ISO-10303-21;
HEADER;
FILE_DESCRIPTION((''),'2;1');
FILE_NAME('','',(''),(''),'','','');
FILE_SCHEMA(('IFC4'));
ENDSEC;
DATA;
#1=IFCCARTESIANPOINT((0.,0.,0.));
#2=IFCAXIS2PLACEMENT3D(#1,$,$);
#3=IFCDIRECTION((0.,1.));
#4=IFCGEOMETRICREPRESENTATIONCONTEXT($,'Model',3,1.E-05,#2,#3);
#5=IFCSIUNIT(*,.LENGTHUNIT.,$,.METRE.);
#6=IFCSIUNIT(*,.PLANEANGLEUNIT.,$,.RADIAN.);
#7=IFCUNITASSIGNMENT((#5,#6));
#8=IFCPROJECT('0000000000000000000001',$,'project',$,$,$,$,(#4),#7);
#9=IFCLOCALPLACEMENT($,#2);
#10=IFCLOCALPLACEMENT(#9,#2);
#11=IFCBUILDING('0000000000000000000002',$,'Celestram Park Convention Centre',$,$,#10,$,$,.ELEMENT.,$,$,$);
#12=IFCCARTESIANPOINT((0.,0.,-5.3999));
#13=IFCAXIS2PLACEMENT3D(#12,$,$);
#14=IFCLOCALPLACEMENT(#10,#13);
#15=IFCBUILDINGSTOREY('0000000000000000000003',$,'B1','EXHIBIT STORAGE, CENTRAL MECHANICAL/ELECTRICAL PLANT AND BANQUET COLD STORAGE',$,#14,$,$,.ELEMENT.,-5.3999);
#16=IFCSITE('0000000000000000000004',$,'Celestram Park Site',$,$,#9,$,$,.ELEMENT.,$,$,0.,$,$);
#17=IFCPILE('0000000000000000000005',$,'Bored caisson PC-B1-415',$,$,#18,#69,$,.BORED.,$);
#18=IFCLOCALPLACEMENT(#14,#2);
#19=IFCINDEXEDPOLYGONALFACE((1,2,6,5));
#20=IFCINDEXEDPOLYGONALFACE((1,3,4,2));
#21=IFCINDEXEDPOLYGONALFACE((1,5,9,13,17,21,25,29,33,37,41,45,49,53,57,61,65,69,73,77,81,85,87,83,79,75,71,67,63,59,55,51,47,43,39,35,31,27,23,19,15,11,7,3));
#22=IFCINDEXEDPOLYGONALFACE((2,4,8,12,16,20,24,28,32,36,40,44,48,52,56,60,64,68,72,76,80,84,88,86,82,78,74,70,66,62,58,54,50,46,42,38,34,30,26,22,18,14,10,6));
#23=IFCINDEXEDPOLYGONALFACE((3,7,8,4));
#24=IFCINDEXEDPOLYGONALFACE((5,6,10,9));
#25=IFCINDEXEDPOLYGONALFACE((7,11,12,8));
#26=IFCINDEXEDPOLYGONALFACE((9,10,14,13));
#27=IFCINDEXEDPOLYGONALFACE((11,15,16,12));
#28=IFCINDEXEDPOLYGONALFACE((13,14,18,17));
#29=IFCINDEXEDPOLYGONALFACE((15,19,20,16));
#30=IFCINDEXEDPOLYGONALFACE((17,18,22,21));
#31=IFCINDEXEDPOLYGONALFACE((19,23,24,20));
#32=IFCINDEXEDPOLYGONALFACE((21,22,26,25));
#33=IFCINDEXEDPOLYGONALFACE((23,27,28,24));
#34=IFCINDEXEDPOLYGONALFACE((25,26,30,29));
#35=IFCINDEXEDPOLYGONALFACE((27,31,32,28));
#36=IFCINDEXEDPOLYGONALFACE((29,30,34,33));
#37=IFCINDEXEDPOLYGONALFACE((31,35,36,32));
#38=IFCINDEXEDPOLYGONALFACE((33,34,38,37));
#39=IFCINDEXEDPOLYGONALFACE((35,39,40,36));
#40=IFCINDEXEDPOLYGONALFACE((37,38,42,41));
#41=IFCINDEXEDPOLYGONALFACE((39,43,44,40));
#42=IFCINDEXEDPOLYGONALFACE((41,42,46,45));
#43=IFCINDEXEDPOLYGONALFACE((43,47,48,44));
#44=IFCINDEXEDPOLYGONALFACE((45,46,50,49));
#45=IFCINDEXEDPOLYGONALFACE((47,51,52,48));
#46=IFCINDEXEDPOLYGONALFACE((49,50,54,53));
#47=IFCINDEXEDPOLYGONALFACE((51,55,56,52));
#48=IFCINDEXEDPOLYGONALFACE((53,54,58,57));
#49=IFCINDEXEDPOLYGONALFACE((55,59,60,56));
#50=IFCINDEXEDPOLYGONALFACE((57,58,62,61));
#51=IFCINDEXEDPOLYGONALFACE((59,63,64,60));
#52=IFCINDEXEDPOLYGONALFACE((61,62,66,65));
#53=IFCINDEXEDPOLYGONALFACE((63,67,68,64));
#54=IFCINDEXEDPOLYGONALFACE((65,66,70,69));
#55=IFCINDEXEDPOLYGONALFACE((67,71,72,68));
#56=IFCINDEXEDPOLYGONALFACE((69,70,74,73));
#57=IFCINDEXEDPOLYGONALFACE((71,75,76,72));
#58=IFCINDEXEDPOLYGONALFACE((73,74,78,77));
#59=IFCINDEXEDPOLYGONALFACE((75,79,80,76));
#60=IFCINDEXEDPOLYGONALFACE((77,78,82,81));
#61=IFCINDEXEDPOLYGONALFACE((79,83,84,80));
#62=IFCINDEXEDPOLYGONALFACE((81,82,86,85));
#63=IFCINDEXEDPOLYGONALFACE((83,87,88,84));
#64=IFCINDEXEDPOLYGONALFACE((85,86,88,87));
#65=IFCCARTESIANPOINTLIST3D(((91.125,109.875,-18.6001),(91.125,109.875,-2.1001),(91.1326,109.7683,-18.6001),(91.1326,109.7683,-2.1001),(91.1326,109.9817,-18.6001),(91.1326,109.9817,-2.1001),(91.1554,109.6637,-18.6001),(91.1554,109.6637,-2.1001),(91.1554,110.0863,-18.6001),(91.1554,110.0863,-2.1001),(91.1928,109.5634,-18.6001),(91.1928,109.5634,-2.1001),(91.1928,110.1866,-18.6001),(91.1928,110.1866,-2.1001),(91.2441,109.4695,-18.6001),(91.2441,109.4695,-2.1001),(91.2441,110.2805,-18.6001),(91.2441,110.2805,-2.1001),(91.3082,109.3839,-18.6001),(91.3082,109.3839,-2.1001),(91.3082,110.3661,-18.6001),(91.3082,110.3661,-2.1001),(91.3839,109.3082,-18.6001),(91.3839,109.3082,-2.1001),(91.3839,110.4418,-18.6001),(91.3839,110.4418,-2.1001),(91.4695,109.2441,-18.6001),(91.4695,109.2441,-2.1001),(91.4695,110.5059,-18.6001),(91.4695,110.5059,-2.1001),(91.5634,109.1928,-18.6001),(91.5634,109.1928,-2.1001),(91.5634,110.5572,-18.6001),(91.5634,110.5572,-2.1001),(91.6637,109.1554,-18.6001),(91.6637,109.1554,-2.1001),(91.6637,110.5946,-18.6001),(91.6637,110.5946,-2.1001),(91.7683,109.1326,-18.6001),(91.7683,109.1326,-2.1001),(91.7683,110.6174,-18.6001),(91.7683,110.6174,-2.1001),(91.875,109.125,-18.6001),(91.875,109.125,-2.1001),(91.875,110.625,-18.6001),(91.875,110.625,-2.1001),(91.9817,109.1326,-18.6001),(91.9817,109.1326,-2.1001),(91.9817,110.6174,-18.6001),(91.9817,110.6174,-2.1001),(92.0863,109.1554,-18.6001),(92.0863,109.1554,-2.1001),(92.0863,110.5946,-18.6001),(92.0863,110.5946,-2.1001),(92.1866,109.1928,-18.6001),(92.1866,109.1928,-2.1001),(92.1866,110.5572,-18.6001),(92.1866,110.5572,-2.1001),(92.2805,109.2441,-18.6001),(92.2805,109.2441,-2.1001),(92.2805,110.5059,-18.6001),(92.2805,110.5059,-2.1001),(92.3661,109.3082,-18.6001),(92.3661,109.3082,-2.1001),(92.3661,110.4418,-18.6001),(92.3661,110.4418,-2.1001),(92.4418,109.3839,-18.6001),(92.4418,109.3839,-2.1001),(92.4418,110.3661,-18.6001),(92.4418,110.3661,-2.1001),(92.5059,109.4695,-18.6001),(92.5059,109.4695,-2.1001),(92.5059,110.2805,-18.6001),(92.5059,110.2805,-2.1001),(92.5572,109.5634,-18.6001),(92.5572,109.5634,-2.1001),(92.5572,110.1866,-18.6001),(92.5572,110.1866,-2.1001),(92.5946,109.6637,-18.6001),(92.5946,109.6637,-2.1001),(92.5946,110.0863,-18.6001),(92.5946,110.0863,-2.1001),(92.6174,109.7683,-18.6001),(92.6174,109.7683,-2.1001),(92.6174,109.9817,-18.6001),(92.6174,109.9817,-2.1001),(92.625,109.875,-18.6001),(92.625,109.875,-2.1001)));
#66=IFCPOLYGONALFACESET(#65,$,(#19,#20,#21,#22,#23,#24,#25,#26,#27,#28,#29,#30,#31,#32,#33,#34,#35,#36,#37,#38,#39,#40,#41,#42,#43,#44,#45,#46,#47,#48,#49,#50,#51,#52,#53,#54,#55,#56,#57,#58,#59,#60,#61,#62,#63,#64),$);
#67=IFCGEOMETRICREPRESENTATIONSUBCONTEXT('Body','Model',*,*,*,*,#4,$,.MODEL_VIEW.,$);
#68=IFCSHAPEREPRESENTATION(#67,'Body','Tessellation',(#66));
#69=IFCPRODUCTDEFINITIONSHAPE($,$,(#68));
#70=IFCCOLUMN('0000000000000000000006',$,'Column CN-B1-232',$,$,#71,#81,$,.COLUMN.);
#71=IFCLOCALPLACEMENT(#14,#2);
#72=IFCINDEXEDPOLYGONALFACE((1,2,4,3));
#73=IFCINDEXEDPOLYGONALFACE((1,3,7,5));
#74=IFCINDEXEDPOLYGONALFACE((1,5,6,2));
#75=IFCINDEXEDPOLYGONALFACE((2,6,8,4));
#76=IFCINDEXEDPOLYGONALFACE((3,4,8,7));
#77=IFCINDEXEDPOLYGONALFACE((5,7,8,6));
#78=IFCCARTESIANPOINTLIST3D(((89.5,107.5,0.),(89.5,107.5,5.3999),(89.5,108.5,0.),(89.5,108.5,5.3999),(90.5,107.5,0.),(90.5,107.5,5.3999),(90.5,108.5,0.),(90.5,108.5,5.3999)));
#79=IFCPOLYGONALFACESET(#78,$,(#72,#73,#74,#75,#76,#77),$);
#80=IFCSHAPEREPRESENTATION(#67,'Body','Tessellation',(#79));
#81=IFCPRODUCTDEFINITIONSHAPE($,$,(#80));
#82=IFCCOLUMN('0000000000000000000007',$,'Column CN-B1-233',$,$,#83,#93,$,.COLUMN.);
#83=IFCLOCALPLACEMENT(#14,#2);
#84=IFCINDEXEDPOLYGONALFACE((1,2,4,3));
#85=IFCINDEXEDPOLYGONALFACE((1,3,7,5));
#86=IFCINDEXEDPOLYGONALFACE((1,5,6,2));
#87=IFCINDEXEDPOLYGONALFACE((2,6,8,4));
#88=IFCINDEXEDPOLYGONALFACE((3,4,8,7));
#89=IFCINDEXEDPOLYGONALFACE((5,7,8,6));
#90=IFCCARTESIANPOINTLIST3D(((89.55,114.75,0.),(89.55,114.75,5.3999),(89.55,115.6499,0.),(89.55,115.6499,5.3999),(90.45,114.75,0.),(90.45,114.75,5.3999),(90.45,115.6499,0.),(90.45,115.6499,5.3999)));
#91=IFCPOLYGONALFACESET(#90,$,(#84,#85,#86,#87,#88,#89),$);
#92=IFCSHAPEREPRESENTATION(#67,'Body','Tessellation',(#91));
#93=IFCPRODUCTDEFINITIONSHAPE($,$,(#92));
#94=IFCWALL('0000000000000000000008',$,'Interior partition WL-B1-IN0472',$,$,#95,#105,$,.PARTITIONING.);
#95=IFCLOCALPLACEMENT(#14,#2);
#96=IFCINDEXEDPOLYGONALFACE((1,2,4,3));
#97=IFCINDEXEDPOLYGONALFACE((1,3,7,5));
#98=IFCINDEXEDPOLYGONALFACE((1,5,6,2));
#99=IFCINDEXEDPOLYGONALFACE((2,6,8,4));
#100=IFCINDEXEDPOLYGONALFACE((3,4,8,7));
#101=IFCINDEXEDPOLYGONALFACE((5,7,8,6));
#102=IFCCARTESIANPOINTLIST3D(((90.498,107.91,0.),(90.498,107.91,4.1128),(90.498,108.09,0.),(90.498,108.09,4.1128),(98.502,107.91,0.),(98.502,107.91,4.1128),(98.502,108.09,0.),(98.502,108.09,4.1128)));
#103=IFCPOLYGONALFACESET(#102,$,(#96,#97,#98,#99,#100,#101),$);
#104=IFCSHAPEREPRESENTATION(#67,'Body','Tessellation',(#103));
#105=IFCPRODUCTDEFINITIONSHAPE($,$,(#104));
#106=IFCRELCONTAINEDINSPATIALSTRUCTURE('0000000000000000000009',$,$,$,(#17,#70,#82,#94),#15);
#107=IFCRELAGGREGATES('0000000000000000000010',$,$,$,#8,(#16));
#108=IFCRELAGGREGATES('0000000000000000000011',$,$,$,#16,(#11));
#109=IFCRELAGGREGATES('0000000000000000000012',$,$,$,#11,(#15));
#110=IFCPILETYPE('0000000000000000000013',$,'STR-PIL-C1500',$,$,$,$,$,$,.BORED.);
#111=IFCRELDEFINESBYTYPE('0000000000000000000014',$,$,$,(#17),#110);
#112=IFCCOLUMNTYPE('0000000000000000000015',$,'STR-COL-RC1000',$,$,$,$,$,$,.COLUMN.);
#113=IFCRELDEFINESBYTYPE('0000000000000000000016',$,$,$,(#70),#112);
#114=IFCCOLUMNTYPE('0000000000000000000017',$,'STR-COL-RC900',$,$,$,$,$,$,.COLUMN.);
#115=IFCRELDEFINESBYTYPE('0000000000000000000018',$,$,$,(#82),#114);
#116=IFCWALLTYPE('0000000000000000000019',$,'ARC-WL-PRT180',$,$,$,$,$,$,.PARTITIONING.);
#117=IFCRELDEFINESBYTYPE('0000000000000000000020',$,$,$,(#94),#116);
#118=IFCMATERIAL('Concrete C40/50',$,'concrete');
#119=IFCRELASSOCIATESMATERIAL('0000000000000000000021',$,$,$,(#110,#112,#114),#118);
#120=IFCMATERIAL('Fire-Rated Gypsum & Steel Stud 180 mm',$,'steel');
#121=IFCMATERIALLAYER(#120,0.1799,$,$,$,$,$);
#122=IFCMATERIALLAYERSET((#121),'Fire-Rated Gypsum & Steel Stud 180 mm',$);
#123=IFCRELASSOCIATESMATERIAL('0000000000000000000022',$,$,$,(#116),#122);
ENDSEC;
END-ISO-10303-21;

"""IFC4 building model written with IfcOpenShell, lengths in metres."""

from ifc_helpers import new_model, si_unit, direction, frame, frame_2d, origin, origin_2d, place, context, subcontext, project, spatial, rectangle, circle, extrude, material, layer, layer_set, material_profile, profile_set, type_object, element, save


model = new_model("IFC4")

# Units and contexts
model_context = context("Model", 3, precision=1e-05, world=origin(), true_north=direction((0.0, 1.0)))
body_context = subcontext(model_context, "Body", "Model", "MODEL_VIEW")
ifc_project = project(units=[si_unit("LENGTHUNIT", "METRE"), si_unit("PLANEANGLEUNIT", "RADIAN")], contexts=[model_context])

# Site, building, storey
site_placement = place(None, origin())
site = spatial("IfcSite", under=ifc_project, at=site_placement, Name="Celestram Park Site", CompositionType="ELEMENT", RefElevation=0.0)
building_placement = place(site_placement, origin())
building = spatial("IfcBuilding", under=site, at=building_placement, Name="Celestram Park Convention Centre", CompositionType="ELEMENT")
storey_placement = place(building_placement, frame((0.0, 0.0, -5.3999)))
storey = spatial("IfcBuildingStorey", under=building, at=storey_placement, Name="B1", Description="EXHIBIT STORAGE, CENTRAL MECHANICAL/ELECTRICAL PLANT AND BANQUET COLD STORAGE", CompositionType="ELEMENT", Elevation=-5.3999)

# Shared definitions
ifc_material_1 = material(Name="Concrete C40/50", Category="concrete")

# Pile
ifc_material_profile_1 = material_profile(ifc_material_1, circle(Radius=0.75, at=origin_2d()), Name="CAISSON1500")
ifc_profile_set_1 = profile_set([ifc_material_profile_1], Name="Concrete C40/50")
pile_type_1 = type_object("IfcPileType", Name="STR-PIL-C1500", PredefinedType="BORED", material=ifc_profile_set_1)
for number, where, z_axis, x_axis, name in (
    (1, (91.875, 109.875, -2.1001), (0.0, 0.0, -1.0), (1.0, 0.0, 0.0), "Bored caisson PC-B1-415"),
):
    element("IfcPile", number, at=place(storey_placement, frame(where, z_axis=z_axis, x_axis=x_axis)), inside=storey, type_object=pile_type_1, Name=name, PredefinedType="BORED", context=body_context, shape_type="SweptSolid", body=[
        extrude(circle(Radius=0.75, at=origin_2d()), origin(), (0.0, 0.0, 1.0), 16.5),
    ])

# Columns
ifc_material_profile_2 = material_profile(ifc_material_1, rectangle(XDim=1.0, YDim=1.0, at=origin_2d()), Name="RC1000X1000")
ifc_profile_set_2 = profile_set([ifc_material_profile_2], Name="Concrete C40/50")
column_type_1 = type_object("IfcColumnType", Name="STR-COL-RC1000", PredefinedType="COLUMN", material=ifc_profile_set_2)
column_1_placement = place(storey_placement, frame((90.0, 108.0, 0.0), z_axis=(0.0, 0.0, 1.0), x_axis=(1.0, 0.0, 0.0)))
element("IfcColumn", 2, at=column_1_placement, inside=storey, type_object=column_type_1, Name="Column CN-B1-232", PredefinedType="COLUMN", context=body_context, shape_type="SweptSolid", body=[
    extrude(rectangle(XDim=1.0, YDim=1.0, at=origin_2d()), origin(), (0.0, 0.0, 1.0), 5.3999),
])
ifc_material_profile_3 = material_profile(ifc_material_1, rectangle(XDim=0.8999, YDim=0.8999, at=origin_2d()), Name="RC900X900")
ifc_profile_set_3 = profile_set([ifc_material_profile_3], Name="Concrete C40/50")
column_type_2 = type_object("IfcColumnType", Name="STR-COL-RC900", PredefinedType="COLUMN", material=ifc_profile_set_3)
column_2_placement = place(storey_placement, frame((90.0, 115.2, 0.0), z_axis=(0.0, 0.0, 1.0), x_axis=(1.0, 0.0, 0.0)))
element("IfcColumn", 3, at=column_2_placement, inside=storey, type_object=column_type_2, Name="Column CN-B1-233", PredefinedType="COLUMN", context=body_context, shape_type="SweptSolid", body=[
    extrude(rectangle(XDim=0.8999, YDim=0.8999, at=origin_2d()), origin(), (0.0, 0.0, 1.0), 5.3999),
])

# Wall
ifc_material_2 = material(Name="Fire-Rated Gypsum & Steel Stud 180 mm", Category="steel")
ifc_layer = layer(ifc_material_2, 0.1799)
ifc_layer_set = layer_set([ifc_layer], Name="Fire-Rated Gypsum & Steel Stud 180 mm")
wall_type = type_object("IfcWallType", Name="ARC-WL-PRT180", PredefinedType="PARTITIONING", material=ifc_layer_set)
wall_placement = place(storey_placement, frame((90.498, 108.0, 0.0), z_axis=(0.0, 0.0, 1.0), x_axis=(1.0, 0.0, 0.0)))
element("IfcWall", 4, at=wall_placement, inside=storey, type_object=wall_type, Name="Interior partition WL-B1-IN0472", PredefinedType="PARTITIONING", context=body_context, shape_type="SweptSolid", body=[
    extrude(rectangle(XDim=8.0039, YDim=0.1799, at=frame_2d((4.002, 0.0))), origin(), (0.0, 0.0, 1.0), 4.1128),
])

save(model, "model.ifc")
